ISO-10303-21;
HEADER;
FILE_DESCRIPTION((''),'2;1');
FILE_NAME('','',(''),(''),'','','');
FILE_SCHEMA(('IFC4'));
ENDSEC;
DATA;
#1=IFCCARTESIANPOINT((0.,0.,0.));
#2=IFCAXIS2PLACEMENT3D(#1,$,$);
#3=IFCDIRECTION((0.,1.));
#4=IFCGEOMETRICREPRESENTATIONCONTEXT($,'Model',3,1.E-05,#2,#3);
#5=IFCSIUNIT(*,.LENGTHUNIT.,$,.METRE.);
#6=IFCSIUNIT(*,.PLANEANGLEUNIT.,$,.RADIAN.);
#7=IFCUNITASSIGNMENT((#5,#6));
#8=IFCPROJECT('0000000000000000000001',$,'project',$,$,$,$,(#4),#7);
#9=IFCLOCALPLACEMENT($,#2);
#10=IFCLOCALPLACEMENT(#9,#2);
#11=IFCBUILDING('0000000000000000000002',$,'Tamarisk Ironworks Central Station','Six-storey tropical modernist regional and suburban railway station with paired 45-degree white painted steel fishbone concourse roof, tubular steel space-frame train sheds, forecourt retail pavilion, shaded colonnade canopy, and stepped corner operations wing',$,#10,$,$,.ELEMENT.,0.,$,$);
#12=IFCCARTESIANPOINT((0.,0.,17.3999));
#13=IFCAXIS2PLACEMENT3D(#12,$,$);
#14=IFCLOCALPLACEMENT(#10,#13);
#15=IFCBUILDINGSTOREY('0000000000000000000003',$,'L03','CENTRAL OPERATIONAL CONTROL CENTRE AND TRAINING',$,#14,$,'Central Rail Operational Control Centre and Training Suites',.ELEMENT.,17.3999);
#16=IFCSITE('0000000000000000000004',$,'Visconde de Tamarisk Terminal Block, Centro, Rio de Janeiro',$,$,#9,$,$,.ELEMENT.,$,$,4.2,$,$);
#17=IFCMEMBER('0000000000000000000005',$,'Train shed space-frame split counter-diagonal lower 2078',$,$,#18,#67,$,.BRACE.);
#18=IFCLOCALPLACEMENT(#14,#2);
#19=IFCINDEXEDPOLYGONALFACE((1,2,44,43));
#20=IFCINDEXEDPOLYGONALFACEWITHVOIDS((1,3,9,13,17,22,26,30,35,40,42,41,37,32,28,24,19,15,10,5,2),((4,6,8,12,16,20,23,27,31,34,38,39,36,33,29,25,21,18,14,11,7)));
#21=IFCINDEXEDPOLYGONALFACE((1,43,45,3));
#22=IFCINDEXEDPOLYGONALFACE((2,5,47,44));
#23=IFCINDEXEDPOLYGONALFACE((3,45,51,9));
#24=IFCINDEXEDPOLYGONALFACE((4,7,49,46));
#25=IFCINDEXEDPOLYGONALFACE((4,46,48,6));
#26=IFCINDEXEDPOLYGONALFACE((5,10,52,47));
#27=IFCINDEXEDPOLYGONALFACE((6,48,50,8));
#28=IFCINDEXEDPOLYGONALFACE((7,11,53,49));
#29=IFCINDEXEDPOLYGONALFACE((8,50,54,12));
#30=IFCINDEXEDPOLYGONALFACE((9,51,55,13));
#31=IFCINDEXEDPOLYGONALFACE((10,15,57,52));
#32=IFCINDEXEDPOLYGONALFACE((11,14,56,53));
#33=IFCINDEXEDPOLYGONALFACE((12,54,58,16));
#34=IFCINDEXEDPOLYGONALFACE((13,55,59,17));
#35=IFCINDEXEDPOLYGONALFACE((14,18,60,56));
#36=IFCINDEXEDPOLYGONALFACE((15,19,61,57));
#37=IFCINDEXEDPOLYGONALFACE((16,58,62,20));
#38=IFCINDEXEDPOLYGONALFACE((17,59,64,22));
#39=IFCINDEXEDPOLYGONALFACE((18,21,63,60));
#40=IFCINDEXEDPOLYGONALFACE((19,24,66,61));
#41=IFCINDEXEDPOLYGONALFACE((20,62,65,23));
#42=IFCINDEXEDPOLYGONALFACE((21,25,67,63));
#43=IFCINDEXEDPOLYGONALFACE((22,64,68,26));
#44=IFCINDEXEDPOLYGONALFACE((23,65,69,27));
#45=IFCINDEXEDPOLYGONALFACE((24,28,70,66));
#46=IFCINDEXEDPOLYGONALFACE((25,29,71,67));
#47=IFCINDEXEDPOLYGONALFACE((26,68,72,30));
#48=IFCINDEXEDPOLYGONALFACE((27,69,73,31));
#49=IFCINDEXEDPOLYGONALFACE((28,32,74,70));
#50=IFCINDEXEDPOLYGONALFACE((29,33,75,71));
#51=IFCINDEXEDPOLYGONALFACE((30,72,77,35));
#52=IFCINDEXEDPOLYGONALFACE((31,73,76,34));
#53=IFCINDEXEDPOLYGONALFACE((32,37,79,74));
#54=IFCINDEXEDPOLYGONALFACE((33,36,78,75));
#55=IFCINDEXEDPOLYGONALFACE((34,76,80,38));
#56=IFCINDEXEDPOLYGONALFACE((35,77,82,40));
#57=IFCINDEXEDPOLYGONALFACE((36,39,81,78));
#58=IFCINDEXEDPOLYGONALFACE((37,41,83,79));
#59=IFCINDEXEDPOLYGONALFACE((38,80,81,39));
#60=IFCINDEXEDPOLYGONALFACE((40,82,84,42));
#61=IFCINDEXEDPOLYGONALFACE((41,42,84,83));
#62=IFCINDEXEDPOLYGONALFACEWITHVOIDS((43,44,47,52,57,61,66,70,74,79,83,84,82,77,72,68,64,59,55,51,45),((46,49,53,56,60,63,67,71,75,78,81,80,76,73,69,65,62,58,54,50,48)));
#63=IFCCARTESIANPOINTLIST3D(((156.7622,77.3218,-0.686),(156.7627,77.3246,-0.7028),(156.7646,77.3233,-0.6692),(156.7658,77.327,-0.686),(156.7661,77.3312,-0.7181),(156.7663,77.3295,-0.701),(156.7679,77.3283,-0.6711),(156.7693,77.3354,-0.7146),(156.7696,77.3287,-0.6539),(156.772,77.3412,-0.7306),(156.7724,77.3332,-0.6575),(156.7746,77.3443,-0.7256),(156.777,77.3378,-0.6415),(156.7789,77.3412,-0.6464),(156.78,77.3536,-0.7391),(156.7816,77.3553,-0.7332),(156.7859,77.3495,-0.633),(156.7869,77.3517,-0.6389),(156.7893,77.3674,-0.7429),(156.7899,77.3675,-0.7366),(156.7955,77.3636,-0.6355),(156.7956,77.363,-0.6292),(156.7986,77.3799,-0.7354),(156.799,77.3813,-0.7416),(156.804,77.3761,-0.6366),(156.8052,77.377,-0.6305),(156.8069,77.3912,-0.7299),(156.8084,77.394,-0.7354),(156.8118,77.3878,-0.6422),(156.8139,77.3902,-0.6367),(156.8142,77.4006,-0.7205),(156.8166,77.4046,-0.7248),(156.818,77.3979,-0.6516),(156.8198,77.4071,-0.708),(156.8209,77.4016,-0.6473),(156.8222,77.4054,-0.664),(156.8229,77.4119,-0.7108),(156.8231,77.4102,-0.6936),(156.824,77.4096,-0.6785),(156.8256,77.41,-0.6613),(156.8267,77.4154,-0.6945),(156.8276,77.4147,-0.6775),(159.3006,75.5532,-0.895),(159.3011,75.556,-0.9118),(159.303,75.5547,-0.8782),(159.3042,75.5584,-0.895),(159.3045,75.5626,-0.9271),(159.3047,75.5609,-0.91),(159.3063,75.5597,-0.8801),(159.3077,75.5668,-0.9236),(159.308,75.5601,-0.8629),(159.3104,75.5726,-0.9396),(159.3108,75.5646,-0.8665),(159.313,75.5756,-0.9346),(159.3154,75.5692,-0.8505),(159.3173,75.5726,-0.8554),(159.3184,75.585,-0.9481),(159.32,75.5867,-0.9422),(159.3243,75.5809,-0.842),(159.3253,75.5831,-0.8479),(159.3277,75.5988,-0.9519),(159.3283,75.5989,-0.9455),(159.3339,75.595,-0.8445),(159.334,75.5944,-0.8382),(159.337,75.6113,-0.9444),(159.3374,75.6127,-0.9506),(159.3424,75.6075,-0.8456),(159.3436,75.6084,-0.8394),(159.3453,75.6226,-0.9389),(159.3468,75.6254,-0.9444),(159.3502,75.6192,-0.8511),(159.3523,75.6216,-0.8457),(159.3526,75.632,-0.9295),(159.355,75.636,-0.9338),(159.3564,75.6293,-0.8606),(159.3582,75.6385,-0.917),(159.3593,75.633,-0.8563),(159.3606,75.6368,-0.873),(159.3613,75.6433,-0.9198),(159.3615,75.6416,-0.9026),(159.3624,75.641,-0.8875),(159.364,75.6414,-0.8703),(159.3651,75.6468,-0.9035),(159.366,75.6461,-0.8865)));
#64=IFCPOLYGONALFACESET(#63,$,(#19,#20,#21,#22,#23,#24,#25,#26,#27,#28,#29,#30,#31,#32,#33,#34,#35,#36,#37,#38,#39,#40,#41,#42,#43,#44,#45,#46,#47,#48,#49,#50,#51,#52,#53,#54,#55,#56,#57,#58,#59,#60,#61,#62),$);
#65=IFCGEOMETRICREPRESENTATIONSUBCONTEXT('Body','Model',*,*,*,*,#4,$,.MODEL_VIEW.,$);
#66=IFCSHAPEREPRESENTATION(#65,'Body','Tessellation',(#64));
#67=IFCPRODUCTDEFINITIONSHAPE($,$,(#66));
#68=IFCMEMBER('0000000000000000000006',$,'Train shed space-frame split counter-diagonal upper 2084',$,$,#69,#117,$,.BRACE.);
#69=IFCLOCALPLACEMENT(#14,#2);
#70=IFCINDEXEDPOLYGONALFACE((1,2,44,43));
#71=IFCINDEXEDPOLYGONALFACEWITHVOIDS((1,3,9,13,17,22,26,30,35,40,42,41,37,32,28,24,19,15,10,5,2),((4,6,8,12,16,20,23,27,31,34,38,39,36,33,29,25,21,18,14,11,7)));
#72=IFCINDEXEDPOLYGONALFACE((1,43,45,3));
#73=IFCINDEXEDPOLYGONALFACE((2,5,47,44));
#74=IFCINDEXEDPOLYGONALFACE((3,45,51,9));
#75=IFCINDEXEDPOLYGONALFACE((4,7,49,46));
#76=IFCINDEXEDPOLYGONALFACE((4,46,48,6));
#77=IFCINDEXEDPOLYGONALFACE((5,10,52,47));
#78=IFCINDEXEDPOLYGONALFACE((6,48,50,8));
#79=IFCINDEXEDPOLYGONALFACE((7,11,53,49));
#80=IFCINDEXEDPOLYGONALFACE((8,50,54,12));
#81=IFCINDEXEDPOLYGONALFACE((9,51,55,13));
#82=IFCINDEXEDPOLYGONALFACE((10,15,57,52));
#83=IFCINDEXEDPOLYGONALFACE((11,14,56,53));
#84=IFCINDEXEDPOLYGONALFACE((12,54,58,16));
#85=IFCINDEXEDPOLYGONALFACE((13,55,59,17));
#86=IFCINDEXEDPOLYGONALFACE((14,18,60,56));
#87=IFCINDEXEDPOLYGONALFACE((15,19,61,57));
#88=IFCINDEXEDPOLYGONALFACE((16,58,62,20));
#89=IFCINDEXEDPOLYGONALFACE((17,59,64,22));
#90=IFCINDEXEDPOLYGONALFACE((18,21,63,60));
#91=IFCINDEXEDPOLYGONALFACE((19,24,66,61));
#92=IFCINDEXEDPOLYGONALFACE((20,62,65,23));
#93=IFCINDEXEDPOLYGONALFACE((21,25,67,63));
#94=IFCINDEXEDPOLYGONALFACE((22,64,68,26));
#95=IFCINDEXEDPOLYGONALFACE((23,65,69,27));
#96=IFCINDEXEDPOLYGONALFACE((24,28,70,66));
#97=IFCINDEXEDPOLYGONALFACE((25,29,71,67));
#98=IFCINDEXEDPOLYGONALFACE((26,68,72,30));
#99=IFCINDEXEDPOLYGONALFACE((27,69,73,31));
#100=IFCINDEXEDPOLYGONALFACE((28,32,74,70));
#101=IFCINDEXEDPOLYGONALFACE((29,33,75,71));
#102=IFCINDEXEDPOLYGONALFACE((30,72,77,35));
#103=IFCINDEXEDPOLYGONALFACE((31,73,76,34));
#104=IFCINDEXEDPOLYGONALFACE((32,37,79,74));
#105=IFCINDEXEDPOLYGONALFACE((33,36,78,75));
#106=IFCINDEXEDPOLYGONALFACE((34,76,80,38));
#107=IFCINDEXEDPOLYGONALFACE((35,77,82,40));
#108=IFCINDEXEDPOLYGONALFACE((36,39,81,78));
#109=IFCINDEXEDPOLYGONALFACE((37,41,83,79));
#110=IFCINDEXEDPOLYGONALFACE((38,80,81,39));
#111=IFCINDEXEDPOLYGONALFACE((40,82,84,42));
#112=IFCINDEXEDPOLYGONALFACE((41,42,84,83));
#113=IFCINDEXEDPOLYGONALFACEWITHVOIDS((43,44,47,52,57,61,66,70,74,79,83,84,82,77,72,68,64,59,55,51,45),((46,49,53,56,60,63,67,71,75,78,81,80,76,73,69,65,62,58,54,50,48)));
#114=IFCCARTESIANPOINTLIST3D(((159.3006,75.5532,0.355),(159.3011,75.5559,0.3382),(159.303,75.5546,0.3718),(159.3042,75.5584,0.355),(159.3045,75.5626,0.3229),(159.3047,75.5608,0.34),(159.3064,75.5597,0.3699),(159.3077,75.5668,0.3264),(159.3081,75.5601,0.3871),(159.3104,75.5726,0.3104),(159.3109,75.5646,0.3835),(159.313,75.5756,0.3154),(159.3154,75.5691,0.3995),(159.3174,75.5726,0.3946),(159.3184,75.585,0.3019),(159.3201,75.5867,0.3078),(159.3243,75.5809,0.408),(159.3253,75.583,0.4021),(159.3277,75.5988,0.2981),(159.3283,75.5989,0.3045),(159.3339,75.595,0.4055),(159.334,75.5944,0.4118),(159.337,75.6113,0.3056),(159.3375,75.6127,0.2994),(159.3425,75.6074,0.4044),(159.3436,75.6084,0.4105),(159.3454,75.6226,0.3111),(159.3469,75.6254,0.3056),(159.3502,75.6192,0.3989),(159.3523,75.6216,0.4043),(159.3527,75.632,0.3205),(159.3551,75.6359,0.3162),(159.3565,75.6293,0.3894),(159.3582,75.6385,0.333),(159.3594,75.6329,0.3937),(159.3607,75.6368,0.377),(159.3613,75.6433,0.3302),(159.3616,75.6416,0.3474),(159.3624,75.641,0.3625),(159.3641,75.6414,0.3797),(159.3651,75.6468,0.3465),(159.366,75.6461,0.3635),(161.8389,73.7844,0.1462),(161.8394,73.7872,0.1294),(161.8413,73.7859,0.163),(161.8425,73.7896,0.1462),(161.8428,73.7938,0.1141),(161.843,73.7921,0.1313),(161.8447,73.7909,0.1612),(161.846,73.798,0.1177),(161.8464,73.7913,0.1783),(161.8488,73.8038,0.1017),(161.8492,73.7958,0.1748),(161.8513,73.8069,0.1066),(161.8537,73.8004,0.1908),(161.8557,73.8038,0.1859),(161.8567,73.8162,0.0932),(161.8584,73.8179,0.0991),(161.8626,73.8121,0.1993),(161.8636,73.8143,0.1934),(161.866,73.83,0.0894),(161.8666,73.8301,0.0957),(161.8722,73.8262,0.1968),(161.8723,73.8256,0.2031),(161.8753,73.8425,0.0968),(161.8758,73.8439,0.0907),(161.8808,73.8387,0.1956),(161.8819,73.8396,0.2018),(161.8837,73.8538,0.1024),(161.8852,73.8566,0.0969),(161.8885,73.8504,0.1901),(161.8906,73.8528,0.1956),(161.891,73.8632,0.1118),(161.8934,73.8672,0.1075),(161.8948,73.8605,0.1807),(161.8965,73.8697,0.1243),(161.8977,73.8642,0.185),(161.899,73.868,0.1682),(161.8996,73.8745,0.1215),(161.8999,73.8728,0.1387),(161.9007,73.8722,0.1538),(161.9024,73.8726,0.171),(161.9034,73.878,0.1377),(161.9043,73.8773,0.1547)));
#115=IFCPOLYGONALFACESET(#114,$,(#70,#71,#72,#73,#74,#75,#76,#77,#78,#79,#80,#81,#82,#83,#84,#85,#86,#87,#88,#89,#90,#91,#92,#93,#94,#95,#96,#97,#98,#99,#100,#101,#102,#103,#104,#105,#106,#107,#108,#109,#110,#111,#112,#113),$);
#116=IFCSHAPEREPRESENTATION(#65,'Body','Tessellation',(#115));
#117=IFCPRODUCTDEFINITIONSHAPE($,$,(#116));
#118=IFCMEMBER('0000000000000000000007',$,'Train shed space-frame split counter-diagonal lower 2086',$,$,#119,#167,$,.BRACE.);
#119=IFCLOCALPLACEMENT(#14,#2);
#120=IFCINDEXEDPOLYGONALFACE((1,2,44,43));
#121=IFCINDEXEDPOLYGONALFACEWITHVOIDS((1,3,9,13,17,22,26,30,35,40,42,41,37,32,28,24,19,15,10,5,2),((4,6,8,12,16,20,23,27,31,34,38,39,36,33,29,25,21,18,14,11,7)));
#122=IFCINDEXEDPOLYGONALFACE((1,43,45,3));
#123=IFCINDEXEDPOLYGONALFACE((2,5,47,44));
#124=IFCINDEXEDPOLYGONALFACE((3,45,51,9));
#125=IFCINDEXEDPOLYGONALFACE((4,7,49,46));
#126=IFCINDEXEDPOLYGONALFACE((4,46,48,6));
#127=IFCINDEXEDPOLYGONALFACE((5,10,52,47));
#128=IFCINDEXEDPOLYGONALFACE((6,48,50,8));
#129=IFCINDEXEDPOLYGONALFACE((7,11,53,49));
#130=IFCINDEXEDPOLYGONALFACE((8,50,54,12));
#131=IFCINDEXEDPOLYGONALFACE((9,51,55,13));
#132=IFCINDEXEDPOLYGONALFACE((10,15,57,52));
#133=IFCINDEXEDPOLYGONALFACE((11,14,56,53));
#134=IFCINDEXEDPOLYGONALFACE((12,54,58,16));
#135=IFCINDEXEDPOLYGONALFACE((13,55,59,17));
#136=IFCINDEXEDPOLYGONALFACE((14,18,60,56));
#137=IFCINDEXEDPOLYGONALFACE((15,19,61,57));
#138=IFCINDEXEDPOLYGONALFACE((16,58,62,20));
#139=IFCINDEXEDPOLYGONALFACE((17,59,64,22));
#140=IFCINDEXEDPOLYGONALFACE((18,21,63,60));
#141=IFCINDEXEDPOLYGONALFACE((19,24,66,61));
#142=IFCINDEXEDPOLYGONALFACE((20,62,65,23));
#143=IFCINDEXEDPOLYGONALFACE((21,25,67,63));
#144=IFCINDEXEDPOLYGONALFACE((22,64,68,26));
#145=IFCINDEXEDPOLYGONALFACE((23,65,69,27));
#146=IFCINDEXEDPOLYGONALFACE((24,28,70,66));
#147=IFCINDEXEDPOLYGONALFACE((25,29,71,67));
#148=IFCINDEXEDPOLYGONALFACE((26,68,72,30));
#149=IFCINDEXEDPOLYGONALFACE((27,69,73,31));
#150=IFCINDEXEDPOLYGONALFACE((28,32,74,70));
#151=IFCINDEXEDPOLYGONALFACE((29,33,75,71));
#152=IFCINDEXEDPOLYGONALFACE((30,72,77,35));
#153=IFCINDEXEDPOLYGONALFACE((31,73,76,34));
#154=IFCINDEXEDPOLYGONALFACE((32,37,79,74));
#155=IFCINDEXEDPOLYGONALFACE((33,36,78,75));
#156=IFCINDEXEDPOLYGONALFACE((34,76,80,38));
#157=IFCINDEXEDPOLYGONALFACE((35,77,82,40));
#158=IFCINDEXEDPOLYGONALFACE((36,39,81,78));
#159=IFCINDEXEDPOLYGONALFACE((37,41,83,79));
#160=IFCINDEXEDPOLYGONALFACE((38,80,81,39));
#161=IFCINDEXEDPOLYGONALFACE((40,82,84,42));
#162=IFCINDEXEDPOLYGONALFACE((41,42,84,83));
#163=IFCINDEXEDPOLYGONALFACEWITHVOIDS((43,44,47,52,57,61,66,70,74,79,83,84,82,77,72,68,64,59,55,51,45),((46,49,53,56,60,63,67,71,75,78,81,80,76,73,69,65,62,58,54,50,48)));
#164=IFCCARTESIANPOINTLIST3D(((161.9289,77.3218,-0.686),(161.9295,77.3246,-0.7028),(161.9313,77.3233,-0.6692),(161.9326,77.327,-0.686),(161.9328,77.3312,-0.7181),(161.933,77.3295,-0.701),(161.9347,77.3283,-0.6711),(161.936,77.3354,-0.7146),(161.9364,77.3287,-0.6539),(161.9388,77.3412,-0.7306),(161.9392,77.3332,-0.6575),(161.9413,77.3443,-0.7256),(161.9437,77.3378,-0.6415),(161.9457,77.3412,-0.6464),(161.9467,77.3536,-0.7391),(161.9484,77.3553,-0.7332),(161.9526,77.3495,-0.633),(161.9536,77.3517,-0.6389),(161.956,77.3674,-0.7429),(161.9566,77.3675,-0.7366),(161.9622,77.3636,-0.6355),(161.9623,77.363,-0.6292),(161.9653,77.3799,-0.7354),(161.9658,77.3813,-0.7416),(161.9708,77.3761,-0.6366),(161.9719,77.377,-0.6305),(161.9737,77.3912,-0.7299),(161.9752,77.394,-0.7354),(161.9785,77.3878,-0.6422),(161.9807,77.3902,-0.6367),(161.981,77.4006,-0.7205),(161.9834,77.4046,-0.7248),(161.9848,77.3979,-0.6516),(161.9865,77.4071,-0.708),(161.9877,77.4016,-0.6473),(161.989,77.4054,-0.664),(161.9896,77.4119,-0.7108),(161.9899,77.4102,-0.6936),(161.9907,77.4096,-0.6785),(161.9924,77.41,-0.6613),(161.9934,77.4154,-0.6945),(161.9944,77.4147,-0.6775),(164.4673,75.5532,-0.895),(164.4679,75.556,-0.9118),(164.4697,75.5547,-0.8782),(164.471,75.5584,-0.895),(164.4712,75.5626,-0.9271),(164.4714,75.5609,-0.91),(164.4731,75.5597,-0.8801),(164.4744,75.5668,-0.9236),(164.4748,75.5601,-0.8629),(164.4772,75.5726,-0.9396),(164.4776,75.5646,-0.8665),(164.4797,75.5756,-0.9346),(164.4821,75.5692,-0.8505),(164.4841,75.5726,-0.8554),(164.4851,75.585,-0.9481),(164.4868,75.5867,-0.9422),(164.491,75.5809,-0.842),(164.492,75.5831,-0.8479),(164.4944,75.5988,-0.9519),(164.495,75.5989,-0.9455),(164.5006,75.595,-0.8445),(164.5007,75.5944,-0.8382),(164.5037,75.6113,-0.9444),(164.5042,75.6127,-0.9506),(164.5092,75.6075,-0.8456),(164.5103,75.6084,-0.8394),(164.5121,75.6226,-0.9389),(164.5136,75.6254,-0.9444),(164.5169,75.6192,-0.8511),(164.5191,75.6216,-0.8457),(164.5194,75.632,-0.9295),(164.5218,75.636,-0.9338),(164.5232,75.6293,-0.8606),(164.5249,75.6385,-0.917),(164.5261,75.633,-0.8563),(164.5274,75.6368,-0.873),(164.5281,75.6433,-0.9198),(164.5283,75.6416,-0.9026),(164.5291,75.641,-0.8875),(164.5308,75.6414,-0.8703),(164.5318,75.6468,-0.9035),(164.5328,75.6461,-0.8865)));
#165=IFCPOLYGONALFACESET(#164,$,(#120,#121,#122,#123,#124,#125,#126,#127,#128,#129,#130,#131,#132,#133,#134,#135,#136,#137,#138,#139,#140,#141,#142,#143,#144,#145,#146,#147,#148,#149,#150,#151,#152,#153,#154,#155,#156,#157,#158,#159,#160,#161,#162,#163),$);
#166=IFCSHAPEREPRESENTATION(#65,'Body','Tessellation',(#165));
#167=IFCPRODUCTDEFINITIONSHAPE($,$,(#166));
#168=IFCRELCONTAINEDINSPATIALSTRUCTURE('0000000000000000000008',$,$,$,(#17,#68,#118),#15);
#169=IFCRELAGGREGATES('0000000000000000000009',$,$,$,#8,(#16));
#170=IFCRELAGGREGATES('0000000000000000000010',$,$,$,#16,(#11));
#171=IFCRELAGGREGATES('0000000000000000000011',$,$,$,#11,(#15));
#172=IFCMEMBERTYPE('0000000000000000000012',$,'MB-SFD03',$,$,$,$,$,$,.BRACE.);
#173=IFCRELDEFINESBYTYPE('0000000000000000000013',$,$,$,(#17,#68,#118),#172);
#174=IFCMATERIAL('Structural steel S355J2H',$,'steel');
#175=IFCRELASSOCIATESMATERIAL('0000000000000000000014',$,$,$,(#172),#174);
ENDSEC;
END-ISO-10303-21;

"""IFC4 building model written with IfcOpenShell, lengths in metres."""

from ifc_helpers import new_model, si_unit, direction, frame, origin, origin_2d, place, context, subcontext, project, spatial, hollow_circle, extrude, material, material_profile, profile_set, type_object, element, save


model = new_model("IFC4")

# Units and contexts
model_context = context("Model", 3, precision=1e-05, world=origin(), true_north=direction((0.0, 1.0)))
body_context = subcontext(model_context, "Body", "Model", "MODEL_VIEW")
ifc_project = project(units=[si_unit("LENGTHUNIT", "METRE"), si_unit("PLANEANGLEUNIT", "RADIAN")], contexts=[model_context])

# Site, building, storey
site_placement = place(None, origin())
site = spatial("IfcSite", under=ifc_project, at=site_placement, Name="Visconde de Tamarisk Terminal Block, Centro, Rio de Janeiro", CompositionType="ELEMENT", RefElevation=4.2)
building_placement = place(site_placement, origin())
building = spatial("IfcBuilding", under=site, at=building_placement, Name="Tamarisk Ironworks Central Station", Description="Six-storey tropical modernist regional and suburban railway station with paired 45-degree white painted steel fishbone concourse roof, tubular steel space-frame train sheds, forecourt retail pavilion, shaded colonnade canopy, and stepped corner operations wing", CompositionType="ELEMENT", ElevationOfRefHeight=0.0)
storey_placement = place(building_placement, frame((0.0, 0.0, 17.3999)))
storey = spatial("IfcBuildingStorey", under=building, at=storey_placement, Name="L03", Description="CENTRAL OPERATIONAL CONTROL CENTRE AND TRAINING", LongName="Central Rail Operational Control Centre and Training Suites", CompositionType="ELEMENT", Elevation=17.3999)

# Members
ifc_material = material(Name="Structural steel S355J2H", Category="steel")
ifc_material_profile_1 = material_profile(ifc_material, hollow_circle(Radius=0.0571, WallThickness=0.0063, at=origin_2d()), Name="CHS 114.3x6.3")
ifc_profile_set_1 = profile_set([ifc_material_profile_1], Name="Structural steel S355J2H")
member_type_1 = type_object("IfcMemberType", Name="MB-SFD03", PredefinedType="BRACE", material=ifc_profile_set_1)
for number, where, z_axis, x_axis, name in (
    (1, (159.3333, 75.6001, -0.895), (-0.818621, 0.570366, 0.067398), (-0.571666, -0.820487, 0.0), "Train shed space-frame split counter-diagonal lower 2078"),
    (2, (161.8716, 73.8313, 0.1462), (-0.818589, 0.570422, 0.067317), (-0.571719, -0.82045, 0.0), "Train shed space-frame split counter-diagonal upper 2084"),
    (3, (164.5, 75.6001, -0.895), (-0.818621, 0.570366, 0.067398), (-0.571666, -0.820487, 0.0), "Train shed space-frame split counter-diagonal lower 2086"),
):
    element("IfcMember", number, at=place(storey_placement, frame(where, z_axis=z_axis, x_axis=x_axis)), inside=storey, type_object=member_type_1, Name=name, PredefinedType="BRACE", context=body_context, shape_type="SweptSolid", body=[
        extrude(hollow_circle(Radius=0.0571, WallThickness=0.0063, at=origin_2d()), origin(), (0.0, 0.0, 1.0), 3.1008),
    ])

save(model, "model.ifc")
